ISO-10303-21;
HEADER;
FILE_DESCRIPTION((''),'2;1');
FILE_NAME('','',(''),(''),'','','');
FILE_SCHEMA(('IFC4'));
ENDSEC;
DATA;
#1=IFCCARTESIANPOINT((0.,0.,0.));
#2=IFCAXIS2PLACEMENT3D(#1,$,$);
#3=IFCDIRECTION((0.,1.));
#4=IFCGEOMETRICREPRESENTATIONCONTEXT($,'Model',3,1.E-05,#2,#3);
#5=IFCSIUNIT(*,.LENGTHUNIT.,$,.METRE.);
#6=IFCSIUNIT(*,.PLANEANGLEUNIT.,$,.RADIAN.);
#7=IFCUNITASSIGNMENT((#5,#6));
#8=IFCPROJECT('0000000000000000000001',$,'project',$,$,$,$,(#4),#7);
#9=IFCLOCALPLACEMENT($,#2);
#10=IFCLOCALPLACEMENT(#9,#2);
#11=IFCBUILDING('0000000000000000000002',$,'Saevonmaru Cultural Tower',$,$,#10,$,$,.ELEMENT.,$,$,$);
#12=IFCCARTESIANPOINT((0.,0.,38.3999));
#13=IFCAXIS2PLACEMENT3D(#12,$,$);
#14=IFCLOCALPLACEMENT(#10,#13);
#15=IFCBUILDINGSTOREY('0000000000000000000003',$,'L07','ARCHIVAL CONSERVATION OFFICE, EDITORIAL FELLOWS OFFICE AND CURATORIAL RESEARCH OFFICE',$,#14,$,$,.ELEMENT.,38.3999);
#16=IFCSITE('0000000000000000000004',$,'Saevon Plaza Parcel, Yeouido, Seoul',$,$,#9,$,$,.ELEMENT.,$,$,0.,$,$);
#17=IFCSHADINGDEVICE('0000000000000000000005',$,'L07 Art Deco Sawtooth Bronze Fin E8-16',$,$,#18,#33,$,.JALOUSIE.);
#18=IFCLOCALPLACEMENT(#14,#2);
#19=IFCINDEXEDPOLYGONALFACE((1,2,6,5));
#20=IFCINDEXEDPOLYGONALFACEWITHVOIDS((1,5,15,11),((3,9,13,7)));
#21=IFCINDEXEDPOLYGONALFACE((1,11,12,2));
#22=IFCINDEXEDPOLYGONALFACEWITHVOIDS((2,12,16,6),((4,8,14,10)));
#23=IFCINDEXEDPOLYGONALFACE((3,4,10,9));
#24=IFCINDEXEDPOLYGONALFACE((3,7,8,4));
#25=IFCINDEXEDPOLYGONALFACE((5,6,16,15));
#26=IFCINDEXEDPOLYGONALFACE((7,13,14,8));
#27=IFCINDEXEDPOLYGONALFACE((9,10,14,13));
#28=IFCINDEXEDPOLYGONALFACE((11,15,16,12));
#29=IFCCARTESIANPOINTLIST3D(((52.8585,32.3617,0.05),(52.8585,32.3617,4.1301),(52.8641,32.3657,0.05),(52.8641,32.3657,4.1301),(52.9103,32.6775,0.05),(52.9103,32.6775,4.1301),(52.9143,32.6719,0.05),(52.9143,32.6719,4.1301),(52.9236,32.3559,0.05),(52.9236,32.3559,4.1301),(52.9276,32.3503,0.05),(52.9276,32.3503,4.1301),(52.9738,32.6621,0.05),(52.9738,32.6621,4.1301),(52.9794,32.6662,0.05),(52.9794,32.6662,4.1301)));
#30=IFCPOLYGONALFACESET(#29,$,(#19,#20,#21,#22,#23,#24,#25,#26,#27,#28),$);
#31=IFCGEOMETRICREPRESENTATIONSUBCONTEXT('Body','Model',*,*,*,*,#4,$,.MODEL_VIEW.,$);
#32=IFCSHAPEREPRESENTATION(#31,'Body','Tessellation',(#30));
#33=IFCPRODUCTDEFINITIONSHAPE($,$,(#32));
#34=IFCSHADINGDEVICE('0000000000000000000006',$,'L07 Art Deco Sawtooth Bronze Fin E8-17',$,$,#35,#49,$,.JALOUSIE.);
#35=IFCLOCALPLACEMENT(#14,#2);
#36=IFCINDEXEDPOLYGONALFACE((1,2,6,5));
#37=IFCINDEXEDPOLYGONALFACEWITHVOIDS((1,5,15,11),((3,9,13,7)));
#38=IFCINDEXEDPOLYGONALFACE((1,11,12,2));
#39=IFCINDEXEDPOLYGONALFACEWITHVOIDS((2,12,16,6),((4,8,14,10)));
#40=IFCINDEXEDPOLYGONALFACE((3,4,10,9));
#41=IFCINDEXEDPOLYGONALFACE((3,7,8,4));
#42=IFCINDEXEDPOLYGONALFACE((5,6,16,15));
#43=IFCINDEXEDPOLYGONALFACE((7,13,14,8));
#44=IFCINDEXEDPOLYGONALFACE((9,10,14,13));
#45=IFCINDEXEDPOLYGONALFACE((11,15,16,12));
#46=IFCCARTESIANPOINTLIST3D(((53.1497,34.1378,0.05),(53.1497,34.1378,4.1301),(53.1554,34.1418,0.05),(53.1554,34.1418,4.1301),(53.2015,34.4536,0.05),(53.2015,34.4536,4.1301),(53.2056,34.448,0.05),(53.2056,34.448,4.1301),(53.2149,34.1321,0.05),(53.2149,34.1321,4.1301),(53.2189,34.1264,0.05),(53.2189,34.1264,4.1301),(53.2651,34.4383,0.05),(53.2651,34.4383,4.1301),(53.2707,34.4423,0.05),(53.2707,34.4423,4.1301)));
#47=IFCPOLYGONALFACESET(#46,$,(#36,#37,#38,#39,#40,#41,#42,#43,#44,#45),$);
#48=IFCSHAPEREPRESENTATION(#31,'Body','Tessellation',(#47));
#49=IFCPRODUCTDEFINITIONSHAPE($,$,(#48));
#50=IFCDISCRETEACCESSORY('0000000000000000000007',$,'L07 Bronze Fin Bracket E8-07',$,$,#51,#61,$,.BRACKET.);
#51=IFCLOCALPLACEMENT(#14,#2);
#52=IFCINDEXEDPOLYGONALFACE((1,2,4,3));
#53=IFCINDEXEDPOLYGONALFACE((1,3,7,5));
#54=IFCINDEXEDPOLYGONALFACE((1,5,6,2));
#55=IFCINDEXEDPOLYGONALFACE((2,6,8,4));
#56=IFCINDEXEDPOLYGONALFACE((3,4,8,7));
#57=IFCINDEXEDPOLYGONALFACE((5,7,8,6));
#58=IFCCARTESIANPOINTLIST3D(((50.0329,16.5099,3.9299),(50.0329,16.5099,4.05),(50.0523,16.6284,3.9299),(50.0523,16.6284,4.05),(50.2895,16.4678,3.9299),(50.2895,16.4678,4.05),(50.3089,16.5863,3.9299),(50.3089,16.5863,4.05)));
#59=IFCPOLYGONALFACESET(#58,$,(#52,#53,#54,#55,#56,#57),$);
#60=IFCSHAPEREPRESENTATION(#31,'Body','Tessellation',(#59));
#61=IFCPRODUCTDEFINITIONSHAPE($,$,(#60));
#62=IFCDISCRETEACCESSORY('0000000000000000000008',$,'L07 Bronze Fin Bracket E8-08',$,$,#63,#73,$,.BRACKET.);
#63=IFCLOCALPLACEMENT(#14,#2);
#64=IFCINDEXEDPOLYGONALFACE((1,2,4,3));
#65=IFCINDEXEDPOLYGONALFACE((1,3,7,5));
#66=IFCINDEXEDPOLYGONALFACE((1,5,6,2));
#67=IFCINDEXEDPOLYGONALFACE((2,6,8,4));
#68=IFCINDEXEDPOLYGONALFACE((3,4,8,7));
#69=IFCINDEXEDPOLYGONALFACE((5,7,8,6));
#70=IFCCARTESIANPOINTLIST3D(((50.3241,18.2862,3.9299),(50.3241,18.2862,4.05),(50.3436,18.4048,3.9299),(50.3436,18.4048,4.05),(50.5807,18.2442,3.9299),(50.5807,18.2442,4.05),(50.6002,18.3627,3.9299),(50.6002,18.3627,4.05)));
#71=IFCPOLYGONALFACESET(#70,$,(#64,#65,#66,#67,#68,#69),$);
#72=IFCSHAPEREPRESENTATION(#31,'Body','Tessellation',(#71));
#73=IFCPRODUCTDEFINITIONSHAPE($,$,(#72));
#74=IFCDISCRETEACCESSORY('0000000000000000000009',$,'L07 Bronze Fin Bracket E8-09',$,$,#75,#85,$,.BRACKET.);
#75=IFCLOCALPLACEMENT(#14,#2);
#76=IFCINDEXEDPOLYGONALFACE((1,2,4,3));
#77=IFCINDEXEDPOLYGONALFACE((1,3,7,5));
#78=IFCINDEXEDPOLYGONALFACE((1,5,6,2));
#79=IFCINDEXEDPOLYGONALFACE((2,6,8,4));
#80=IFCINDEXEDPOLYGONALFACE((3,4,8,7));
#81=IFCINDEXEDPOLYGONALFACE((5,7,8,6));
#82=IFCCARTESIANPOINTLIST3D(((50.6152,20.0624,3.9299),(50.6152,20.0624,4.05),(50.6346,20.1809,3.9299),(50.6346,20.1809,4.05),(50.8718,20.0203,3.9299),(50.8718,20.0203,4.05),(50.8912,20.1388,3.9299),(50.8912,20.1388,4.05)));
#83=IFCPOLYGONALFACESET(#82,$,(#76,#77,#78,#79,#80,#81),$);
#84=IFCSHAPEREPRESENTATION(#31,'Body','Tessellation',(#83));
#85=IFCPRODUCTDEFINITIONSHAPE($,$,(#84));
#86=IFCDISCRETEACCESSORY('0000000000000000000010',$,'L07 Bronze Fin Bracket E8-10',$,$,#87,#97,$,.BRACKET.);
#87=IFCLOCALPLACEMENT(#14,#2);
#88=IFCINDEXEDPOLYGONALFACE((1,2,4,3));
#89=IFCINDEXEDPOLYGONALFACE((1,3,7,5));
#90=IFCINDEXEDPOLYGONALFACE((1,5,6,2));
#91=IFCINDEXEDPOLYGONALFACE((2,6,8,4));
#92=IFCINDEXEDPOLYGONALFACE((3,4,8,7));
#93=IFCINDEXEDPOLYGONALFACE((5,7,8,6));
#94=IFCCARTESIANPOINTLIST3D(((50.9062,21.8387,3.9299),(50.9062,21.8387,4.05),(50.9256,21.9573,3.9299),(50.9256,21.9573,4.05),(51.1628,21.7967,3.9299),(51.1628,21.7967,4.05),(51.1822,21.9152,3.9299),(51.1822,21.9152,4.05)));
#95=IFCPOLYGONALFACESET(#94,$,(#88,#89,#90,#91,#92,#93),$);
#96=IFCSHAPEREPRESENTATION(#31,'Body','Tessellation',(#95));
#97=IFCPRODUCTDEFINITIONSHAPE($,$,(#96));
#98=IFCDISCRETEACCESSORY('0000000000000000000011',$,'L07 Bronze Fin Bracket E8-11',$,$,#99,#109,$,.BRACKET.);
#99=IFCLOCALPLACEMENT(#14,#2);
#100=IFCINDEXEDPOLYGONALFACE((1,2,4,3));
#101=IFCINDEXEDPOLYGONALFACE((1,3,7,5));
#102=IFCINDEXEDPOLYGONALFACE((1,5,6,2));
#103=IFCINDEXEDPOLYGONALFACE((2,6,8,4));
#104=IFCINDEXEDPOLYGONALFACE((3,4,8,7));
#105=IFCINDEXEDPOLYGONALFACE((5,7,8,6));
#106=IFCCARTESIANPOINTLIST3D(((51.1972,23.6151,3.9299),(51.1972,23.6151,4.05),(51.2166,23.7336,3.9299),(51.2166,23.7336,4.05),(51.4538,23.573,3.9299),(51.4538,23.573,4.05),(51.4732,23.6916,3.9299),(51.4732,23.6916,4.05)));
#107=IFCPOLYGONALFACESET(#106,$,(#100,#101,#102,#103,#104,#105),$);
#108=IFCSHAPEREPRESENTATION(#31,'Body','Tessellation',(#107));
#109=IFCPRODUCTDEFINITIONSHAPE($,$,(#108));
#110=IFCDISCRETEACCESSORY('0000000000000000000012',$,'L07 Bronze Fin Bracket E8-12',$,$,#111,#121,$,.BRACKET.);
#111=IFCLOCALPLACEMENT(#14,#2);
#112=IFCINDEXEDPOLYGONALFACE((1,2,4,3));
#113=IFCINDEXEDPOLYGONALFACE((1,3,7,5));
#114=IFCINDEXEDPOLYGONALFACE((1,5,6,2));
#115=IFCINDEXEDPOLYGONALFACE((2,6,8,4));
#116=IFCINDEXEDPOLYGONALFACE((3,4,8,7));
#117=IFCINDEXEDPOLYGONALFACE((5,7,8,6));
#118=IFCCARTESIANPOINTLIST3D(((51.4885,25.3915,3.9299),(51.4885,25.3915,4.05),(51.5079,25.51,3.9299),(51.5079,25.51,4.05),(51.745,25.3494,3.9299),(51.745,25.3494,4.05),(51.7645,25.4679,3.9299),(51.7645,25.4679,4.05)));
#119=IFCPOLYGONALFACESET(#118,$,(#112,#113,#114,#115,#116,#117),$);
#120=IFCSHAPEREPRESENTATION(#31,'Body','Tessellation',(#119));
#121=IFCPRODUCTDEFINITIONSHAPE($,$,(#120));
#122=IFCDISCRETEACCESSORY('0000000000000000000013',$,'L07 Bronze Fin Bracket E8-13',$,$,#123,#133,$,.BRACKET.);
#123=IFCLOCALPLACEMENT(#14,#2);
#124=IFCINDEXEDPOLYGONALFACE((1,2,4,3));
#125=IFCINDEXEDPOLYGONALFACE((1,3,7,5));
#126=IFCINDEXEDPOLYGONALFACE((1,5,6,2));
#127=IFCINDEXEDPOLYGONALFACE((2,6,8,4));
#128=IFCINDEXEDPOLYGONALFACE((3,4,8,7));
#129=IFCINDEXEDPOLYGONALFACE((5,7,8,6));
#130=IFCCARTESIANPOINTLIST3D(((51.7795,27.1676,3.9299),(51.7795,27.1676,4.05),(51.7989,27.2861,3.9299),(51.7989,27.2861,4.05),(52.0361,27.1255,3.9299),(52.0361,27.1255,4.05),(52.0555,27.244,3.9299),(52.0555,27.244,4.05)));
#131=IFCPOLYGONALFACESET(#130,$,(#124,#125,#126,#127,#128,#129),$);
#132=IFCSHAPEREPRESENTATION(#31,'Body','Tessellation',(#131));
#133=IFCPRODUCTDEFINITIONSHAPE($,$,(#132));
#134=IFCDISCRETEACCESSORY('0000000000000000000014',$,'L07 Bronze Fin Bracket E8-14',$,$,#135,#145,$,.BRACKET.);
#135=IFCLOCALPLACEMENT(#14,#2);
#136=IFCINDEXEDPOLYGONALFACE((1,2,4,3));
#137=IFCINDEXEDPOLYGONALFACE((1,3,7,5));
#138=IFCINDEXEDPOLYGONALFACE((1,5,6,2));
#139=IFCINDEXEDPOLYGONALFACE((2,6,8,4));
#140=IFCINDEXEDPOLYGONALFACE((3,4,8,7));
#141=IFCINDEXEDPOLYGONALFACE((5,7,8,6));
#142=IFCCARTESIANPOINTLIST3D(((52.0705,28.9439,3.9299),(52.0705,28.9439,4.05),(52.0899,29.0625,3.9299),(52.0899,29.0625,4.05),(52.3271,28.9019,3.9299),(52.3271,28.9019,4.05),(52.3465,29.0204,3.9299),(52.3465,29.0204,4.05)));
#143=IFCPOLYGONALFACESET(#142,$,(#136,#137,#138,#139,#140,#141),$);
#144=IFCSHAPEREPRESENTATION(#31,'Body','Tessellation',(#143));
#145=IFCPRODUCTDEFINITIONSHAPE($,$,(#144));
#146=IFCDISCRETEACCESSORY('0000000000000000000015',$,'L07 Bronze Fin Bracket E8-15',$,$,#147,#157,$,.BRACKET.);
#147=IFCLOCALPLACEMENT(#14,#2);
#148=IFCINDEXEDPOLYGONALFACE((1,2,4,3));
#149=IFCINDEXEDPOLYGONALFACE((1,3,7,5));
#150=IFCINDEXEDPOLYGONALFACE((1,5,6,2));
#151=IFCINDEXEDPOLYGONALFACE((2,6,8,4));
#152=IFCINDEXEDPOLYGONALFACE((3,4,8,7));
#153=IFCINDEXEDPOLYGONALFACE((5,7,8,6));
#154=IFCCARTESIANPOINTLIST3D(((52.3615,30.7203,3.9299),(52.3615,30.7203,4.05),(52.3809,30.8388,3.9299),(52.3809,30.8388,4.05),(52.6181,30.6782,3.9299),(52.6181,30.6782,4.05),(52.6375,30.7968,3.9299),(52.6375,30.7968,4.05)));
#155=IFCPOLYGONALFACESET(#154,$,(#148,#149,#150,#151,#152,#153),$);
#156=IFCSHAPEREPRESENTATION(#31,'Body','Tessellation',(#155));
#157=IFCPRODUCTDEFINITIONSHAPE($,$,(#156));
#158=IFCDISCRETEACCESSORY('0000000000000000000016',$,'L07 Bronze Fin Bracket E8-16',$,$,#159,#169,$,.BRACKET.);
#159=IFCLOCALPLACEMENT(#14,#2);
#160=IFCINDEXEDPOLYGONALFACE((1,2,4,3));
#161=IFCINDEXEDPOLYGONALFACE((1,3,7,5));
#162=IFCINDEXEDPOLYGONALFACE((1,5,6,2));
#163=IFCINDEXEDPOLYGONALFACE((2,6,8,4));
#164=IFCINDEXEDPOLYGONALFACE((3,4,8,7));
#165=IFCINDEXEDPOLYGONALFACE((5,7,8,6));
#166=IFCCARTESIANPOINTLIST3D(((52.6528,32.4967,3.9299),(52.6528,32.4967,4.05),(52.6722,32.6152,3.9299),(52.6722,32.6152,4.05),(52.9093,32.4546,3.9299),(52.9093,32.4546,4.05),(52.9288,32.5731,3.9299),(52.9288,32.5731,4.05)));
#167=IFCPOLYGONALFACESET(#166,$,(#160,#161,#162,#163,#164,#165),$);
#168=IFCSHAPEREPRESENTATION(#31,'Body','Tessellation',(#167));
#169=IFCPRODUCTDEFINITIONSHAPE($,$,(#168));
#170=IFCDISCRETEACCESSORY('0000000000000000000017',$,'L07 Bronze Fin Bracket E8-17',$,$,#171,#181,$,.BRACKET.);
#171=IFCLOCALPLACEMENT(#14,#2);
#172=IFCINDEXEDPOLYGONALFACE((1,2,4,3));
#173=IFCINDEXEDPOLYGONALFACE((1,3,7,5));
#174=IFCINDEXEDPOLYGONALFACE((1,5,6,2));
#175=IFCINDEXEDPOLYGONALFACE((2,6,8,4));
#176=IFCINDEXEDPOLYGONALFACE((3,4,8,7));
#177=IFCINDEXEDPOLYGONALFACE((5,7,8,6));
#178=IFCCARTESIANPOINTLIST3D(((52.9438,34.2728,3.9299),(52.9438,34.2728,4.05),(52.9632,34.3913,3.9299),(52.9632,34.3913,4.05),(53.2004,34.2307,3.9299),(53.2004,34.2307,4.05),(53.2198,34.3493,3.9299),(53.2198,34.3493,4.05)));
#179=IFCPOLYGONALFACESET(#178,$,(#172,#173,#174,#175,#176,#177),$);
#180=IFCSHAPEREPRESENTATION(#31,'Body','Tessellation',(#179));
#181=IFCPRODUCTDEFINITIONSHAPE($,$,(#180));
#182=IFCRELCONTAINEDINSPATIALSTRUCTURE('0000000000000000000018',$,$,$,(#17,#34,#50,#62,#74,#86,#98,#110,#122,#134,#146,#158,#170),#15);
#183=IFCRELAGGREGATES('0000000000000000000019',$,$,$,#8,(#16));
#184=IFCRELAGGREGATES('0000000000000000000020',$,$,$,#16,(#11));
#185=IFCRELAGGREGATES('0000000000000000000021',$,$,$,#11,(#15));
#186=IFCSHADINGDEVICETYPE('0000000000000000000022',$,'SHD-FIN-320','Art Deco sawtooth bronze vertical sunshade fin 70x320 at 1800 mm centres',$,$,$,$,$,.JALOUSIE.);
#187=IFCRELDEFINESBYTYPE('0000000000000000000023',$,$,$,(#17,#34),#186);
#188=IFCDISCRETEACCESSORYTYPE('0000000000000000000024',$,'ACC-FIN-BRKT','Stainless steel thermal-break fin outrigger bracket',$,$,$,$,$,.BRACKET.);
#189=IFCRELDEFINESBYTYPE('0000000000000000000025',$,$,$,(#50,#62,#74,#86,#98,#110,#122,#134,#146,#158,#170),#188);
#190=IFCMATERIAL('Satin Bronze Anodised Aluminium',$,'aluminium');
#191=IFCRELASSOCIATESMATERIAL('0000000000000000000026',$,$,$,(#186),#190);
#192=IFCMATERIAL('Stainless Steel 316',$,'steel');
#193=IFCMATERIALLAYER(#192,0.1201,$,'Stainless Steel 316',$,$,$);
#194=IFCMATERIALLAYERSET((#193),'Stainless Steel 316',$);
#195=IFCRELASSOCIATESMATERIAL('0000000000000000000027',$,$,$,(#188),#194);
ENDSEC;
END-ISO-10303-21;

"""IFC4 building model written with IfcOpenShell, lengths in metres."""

from ifc_helpers import new_model, si_unit, direction, frame, origin, origin_2d, place, context, subcontext, project, spatial, rectangle, hollow_rectangle, extrude, material, layer, layer_set, material_profile, profile_set, type_object, element, save


model = new_model("IFC4")

# Units and contexts
model_context = context("Model", 3, precision=1e-05, world=origin(), true_north=direction((0.0, 1.0)))
body_context = subcontext(model_context, "Body", "Model", "MODEL_VIEW")
ifc_project = project(units=[si_unit("LENGTHUNIT", "METRE"), si_unit("PLANEANGLEUNIT", "RADIAN")], contexts=[model_context])

# Site, building, storey
site_placement = place(None, origin())
site = spatial("IfcSite", under=ifc_project, at=site_placement, Name="Saevon Plaza Parcel, Yeouido, Seoul", CompositionType="ELEMENT", RefElevation=0.0)
building_placement = place(site_placement, origin())
building = spatial("IfcBuilding", under=site, at=building_placement, Name="Saevonmaru Cultural Tower", CompositionType="ELEMENT")
storey_placement = place(building_placement, frame((0.0, 0.0, 38.3999)))
storey = spatial("IfcBuildingStorey", under=building, at=storey_placement, Name="L07", Description="ARCHIVAL CONSERVATION OFFICE, EDITORIAL FELLOWS OFFICE AND CURATORIAL RESEARCH OFFICE", CompositionType="ELEMENT", Elevation=38.3999)

# Shared definitions
ifc_material_1 = material(Name="Satin Bronze Anodised Aluminium", Category="aluminium")

# Shading devices
ifc_material_profile_1 = material_profile(ifc_material_1, hollow_rectangle(XDim=0.0701, YDim=0.3201, WallThickness=0.0049, at=origin_2d()), Name="FIN-320x70")
ifc_profile_set_1 = profile_set([ifc_material_profile_1], Name="Satin Bronze Anodised Aluminium")
shading_device_type = type_object("IfcShadingDeviceType", Name="SHD-FIN-320", Description="Art Deco sawtooth bronze vertical sunshade fin 70x320 at 1800 mm centres", PredefinedType="JALOUSIE", material=ifc_profile_set_1)
for number, where, z_axis, x_axis, name in (
    (1, (52.9189, 32.5139, 0.05), (0.0, 0.0, 1.0), (0.986827, -0.161776, 0.0), "L07 Art Deco Sawtooth Bronze Fin E8-16"),
    (2, (53.2102, 34.29, 0.05), (0.0, 0.0, 1.0), (0.986827, -0.161776, 0.0), "L07 Art Deco Sawtooth Bronze Fin E8-17"),
):
    element("IfcShadingDevice", number, at=place(storey_placement, frame(where, z_axis=z_axis, x_axis=x_axis)), inside=storey, type_object=shading_device_type, Name=name, PredefinedType="JALOUSIE", context=body_context, shape_type="SweptSolid", body=[
        extrude(hollow_rectangle(XDim=0.0701, YDim=0.3201, WallThickness=0.0049, at=origin_2d()), origin(), (0.0, 0.0, 1.0), 4.0801),
    ])

# Discrete accessories
ifc_material_2 = material(Name="Stainless Steel 316", Category="steel")
ifc_layer_1 = layer(ifc_material_2, 0.1201, Name="Stainless Steel 316")
ifc_layer_set_1 = layer_set([ifc_layer_1], Name="Stainless Steel 316")
discrete_accessory_type = type_object("IfcDiscreteAccessoryType", Name="ACC-FIN-BRKT", Description="Stainless steel thermal-break fin outrigger bracket", PredefinedType="BRACKET", material=ifc_layer_set_1)
for number, where, z_axis, x_axis, name in (
    (3, (50.1709, 16.5481, 3.9299), (0.0, 0.0, 1.0), (0.986827, -0.161776, 0.0), "L07 Bronze Fin Bracket E8-07"),
    (4, (50.4622, 18.3245, 3.9299), (0.0, 0.0, 1.0), (0.986827, -0.161776, 0.0), "L07 Bronze Fin Bracket E8-08"),
    (5, (50.7532, 20.1006, 3.9299), (0.0, 0.0, 1.0), (0.986827, -0.161776, 0.0), "L07 Bronze Fin Bracket E8-09"),
    (6, (51.0442, 21.877, 3.9299), (0.0, 0.0, 1.0), (0.986827, -0.161776, 0.0), "L07 Bronze Fin Bracket E8-10"),
    (7, (51.3352, 23.6533, 3.9299), (0.0, 0.0, 1.0), (0.986827, -0.161776, 0.0), "L07 Bronze Fin Bracket E8-11"),
    (8, (51.6265, 25.4297, 3.9299), (0.0, 0.0, 1.0), (0.986827, -0.161776, 0.0), "L07 Bronze Fin Bracket E8-12"),
    (9, (51.9175, 27.2058, 3.9299), (0.0, 0.0, 1.0), (0.986827, -0.161776, 0.0), "L07 Bronze Fin Bracket E8-13"),
    (10, (52.2085, 28.9822, 3.9299), (0.0, 0.0, 1.0), (0.986827, -0.161776, 0.0), "L07 Bronze Fin Bracket E8-14"),
    (11, (52.4995, 30.7585, 3.9299), (0.0, 0.0, 1.0), (0.986827, -0.161776, 0.0), "L07 Bronze Fin Bracket E8-15"),
    (12, (52.7908, 32.5349, 3.9299), (0.0, 0.0, 1.0), (0.986827, -0.161776, 0.0), "L07 Bronze Fin Bracket E8-16"),
    (13, (53.0818, 34.311, 3.9299), (0.0, 0.0, 1.0), (0.986827, -0.161776, 0.0), "L07 Bronze Fin Bracket E8-17"),
):
    element("IfcDiscreteAccessory", number, at=place(storey_placement, frame(where, z_axis=z_axis, x_axis=x_axis)), inside=storey, type_object=discrete_accessory_type, Name=name, PredefinedType="BRACKET", context=body_context, shape_type="SweptSolid", body=[
        extrude(rectangle(XDim=0.26, YDim=0.1201, at=origin_2d()), origin(), (0.0, 0.0, 1.0), 0.1201),
    ])

save(model, "model.ifc")
